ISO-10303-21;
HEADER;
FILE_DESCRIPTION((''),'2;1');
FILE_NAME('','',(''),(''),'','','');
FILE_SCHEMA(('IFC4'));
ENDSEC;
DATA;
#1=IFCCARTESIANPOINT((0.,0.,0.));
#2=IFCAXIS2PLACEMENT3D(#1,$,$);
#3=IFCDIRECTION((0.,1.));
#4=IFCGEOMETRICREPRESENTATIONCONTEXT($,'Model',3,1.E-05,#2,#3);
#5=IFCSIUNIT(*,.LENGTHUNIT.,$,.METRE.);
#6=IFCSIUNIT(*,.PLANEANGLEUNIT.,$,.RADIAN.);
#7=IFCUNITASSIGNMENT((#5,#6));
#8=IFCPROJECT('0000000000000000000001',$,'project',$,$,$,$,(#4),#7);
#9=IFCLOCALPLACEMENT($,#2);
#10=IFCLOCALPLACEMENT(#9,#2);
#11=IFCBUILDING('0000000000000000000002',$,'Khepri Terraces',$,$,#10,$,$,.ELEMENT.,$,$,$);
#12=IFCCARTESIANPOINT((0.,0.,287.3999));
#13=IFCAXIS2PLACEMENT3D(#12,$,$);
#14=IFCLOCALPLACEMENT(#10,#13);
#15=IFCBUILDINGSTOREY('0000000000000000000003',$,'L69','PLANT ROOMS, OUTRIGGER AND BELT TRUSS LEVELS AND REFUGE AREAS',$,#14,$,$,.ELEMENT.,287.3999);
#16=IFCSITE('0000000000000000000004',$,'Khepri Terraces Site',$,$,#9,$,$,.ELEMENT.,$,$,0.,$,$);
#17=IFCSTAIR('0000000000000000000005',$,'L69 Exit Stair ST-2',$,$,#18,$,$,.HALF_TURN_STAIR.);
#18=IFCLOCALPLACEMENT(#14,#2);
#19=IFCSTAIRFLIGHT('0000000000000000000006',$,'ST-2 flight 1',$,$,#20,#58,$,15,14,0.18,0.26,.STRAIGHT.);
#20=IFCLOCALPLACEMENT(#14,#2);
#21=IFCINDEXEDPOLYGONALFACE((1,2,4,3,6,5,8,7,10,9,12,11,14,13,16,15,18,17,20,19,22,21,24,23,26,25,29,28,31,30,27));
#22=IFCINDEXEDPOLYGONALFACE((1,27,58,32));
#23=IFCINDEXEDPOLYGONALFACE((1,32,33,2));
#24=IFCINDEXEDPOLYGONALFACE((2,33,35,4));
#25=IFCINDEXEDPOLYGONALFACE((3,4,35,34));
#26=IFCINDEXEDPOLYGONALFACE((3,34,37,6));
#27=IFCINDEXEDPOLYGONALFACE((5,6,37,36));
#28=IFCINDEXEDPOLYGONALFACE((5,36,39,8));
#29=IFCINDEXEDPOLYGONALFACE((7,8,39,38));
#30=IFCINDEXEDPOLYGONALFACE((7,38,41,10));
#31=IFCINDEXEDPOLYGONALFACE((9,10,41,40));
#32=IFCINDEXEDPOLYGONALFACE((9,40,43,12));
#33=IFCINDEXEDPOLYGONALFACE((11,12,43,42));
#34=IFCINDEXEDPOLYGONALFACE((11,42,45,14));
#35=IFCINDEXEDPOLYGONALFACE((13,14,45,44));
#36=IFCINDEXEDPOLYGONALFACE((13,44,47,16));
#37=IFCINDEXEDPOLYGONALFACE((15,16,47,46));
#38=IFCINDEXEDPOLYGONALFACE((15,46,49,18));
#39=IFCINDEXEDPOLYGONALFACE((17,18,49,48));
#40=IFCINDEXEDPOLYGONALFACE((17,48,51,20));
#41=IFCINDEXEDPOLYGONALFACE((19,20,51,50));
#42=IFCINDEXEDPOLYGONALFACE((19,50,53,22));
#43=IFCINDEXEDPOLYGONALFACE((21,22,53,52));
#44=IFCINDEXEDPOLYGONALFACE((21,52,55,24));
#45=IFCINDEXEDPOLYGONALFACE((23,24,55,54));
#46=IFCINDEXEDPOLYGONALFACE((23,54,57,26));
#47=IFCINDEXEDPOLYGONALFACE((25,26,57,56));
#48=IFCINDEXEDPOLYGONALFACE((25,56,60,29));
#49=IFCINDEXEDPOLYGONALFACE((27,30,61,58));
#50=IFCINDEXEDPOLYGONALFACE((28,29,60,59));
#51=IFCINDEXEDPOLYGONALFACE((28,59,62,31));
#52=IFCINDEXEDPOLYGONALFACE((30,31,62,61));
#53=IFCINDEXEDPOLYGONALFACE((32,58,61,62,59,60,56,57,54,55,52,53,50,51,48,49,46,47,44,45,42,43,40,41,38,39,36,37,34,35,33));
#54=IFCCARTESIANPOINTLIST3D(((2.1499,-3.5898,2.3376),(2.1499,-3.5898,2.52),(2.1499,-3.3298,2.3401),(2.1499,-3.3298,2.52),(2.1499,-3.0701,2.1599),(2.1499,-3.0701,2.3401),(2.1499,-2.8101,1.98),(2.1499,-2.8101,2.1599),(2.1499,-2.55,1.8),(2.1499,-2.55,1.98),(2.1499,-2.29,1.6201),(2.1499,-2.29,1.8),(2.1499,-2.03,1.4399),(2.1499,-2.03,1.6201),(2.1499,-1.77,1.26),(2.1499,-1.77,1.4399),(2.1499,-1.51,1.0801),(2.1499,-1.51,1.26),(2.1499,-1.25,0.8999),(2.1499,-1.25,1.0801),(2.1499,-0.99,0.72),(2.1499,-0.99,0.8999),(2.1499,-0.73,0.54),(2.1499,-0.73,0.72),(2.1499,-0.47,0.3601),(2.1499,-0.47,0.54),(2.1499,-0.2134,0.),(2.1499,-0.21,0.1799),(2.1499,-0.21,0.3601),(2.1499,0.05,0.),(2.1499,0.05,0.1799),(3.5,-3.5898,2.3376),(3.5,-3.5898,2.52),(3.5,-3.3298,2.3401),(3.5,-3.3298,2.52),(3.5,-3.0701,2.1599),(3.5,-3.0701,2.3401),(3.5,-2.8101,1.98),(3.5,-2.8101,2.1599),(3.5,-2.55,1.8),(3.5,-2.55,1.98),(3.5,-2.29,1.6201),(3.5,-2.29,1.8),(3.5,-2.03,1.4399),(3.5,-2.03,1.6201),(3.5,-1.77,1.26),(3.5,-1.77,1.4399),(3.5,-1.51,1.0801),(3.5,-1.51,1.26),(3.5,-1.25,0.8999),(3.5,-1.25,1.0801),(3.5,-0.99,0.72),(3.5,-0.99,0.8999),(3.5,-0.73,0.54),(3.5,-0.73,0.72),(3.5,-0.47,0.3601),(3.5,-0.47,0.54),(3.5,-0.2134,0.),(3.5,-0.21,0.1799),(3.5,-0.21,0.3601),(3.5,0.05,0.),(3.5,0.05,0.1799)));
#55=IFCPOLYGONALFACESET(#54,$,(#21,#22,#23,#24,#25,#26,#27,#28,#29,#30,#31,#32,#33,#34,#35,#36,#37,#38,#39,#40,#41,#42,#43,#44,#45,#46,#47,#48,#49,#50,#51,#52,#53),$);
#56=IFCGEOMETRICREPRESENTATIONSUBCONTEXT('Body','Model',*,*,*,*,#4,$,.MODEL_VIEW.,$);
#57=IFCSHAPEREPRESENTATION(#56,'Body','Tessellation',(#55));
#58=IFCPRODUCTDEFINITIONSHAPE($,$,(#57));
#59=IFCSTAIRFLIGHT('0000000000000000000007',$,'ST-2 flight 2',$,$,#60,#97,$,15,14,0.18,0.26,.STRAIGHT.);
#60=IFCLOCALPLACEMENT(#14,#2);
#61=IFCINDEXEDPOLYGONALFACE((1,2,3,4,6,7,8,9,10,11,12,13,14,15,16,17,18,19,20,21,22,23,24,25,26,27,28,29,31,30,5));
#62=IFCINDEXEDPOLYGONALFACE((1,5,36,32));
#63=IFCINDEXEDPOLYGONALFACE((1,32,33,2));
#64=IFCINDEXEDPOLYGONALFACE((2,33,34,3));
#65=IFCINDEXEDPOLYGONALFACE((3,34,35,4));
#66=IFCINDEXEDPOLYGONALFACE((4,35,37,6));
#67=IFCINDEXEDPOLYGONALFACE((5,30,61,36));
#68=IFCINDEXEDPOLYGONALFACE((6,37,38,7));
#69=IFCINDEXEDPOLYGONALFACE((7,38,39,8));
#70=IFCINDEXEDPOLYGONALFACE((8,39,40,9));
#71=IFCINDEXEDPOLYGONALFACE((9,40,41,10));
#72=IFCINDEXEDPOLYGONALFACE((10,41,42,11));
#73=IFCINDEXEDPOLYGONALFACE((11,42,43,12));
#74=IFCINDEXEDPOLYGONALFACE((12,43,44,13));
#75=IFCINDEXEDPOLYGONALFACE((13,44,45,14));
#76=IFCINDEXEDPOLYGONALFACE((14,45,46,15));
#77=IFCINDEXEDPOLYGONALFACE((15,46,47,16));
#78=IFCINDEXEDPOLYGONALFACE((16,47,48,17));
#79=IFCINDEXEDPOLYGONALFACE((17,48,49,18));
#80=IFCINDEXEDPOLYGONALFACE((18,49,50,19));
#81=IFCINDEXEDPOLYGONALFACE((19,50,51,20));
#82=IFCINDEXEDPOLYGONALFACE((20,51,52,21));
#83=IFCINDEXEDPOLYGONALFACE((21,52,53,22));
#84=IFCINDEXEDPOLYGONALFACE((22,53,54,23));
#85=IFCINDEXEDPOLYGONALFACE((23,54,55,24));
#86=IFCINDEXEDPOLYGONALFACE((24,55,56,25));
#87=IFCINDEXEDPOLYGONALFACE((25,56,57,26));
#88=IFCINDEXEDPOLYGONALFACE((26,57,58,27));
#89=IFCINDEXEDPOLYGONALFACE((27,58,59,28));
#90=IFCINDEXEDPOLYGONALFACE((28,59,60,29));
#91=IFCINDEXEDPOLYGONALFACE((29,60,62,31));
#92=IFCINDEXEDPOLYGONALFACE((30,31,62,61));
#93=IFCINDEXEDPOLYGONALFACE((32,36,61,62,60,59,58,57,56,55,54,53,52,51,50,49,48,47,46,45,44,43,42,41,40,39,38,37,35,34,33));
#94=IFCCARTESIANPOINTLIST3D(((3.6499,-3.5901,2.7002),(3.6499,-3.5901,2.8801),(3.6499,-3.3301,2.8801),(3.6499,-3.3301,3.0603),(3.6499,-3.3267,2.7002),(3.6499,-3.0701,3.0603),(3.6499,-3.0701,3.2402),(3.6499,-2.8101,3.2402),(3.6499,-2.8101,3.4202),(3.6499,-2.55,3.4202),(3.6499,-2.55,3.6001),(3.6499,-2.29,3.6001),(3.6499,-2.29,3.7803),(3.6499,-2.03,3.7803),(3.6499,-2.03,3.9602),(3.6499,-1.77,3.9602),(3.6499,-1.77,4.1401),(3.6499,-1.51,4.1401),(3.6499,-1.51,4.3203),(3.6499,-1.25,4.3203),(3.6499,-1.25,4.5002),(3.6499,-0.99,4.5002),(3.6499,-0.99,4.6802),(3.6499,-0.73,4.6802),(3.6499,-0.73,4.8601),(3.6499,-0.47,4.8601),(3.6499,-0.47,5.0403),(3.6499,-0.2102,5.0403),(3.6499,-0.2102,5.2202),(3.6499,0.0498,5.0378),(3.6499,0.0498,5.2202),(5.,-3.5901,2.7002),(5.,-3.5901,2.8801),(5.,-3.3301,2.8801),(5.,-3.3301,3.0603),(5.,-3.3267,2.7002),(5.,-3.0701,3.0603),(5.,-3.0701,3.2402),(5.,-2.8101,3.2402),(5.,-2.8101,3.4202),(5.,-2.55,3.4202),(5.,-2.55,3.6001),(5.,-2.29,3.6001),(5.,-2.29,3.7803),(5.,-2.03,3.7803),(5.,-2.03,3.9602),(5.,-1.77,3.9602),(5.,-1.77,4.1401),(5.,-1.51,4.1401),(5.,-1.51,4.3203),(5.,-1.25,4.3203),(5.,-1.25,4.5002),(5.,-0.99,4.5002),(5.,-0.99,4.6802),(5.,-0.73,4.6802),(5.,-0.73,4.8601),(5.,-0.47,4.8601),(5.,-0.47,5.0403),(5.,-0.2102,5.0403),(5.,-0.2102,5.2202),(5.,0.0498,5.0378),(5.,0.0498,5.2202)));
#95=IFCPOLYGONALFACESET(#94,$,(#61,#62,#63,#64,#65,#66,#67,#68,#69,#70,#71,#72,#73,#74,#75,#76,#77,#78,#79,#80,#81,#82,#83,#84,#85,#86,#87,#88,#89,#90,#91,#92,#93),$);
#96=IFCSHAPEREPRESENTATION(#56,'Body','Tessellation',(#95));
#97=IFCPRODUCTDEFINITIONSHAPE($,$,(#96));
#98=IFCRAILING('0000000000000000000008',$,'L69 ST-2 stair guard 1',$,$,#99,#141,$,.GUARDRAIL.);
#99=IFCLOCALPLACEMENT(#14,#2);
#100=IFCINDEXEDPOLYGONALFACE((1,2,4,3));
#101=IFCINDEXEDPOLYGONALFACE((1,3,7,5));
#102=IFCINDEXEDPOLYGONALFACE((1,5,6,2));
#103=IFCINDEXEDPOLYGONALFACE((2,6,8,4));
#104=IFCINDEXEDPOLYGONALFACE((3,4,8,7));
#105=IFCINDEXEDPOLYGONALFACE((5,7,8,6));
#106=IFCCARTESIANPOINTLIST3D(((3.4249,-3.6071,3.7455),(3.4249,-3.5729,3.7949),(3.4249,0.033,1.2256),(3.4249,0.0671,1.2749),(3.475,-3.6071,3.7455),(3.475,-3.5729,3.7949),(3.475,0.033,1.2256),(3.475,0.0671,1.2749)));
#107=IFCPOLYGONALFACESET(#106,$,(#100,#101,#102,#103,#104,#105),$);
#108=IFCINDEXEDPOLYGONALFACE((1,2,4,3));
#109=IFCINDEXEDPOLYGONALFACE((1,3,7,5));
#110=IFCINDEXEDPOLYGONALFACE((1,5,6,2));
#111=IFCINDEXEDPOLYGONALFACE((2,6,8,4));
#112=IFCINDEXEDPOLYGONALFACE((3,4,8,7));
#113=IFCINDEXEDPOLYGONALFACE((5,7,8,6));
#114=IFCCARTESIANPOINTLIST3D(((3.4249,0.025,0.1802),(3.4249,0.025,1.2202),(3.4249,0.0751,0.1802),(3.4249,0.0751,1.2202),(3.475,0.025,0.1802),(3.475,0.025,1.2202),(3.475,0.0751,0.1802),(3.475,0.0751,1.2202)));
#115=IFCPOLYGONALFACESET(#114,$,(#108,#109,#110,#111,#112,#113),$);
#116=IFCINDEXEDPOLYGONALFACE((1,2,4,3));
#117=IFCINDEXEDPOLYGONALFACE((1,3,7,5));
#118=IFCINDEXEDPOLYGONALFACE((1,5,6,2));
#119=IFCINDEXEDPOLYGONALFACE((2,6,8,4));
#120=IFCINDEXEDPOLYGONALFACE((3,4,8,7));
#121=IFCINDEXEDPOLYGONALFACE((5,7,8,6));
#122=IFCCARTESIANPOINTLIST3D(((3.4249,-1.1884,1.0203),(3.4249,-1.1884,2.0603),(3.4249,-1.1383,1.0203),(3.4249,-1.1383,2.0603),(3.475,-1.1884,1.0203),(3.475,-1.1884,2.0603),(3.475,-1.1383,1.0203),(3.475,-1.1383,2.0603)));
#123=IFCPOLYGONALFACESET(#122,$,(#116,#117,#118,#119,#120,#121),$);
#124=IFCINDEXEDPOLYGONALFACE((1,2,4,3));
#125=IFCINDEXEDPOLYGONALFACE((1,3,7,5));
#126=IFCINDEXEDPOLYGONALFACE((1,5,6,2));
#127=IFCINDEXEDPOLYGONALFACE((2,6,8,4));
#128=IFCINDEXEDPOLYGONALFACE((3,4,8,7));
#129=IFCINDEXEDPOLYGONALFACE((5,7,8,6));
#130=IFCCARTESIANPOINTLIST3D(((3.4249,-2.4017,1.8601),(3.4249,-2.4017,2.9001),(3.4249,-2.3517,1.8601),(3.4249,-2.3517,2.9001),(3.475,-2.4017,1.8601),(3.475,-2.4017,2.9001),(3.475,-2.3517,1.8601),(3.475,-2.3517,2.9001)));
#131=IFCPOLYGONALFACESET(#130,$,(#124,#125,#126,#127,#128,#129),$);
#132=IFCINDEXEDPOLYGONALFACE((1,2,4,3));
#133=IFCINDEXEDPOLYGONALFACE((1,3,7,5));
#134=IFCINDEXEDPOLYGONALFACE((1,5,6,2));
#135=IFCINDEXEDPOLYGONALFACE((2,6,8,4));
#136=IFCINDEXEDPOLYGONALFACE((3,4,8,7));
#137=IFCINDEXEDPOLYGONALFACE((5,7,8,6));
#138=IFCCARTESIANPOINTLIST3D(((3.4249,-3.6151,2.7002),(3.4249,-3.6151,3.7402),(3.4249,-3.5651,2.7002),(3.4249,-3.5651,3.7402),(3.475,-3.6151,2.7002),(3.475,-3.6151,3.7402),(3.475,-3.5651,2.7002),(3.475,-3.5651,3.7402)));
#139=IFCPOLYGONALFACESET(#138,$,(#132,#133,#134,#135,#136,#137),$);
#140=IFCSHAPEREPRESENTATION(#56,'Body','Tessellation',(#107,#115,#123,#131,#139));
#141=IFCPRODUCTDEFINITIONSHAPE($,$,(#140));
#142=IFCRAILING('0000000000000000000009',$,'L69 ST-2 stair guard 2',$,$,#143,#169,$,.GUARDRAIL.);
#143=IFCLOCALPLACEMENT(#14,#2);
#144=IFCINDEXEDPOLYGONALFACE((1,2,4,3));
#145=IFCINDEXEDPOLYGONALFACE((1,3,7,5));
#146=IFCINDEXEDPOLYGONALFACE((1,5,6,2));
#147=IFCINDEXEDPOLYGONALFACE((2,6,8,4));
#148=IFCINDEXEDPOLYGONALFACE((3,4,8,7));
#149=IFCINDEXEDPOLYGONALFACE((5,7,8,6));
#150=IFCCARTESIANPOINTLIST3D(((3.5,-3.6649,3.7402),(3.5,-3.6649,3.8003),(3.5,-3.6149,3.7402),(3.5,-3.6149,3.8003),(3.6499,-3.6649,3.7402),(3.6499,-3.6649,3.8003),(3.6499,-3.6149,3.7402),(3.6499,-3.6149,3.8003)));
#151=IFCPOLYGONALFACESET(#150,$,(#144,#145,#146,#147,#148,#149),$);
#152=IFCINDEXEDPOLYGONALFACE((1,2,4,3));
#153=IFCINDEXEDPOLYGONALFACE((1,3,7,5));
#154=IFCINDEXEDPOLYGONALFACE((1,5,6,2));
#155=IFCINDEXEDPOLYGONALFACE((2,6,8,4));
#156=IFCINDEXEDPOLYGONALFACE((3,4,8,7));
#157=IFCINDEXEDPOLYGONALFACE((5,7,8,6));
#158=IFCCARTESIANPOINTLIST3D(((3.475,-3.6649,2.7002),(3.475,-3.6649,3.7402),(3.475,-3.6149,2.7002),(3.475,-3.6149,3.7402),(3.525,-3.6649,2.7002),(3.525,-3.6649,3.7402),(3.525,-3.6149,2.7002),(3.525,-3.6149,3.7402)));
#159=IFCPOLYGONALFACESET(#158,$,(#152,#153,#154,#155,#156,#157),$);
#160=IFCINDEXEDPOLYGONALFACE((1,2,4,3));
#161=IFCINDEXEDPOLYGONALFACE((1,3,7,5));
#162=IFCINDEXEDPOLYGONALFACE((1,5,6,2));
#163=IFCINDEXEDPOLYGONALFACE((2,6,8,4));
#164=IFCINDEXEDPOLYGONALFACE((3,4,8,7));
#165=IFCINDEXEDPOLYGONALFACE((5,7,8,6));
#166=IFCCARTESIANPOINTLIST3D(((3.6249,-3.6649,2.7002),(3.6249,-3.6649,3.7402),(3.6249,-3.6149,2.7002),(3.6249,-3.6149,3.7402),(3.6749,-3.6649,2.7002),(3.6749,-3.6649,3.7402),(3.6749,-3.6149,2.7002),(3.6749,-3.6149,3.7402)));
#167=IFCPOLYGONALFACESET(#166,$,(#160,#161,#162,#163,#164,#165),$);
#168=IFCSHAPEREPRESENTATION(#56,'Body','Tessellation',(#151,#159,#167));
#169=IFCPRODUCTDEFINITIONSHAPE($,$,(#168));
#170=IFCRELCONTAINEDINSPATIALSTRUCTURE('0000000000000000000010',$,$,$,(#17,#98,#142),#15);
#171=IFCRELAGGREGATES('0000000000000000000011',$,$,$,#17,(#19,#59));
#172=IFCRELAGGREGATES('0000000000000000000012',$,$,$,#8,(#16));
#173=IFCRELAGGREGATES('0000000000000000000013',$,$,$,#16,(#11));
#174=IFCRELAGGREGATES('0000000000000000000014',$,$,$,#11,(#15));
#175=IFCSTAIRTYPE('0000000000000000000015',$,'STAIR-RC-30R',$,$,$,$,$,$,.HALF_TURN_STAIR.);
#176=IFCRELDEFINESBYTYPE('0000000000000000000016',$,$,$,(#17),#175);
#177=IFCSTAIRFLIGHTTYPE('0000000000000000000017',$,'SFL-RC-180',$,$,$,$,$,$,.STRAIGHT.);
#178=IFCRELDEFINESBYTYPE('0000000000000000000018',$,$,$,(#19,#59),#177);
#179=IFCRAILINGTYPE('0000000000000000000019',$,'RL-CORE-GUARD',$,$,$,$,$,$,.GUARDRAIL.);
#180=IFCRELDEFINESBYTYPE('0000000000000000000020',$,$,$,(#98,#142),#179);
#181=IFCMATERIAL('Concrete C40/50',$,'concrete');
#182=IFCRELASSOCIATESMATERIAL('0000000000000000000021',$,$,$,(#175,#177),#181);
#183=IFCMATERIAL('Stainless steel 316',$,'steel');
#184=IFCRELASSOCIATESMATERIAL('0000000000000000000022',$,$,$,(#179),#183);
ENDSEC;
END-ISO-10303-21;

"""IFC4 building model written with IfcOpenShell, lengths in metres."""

from ifc_helpers import new_model, si_unit, direction, frame, origin, origin_2d, place, context, subcontext, project, spatial, polyline, rectangle, outline, extrude, material, type_object, element, aggregate, save


model = new_model("IFC4")

# Units and contexts
model_context = context("Model", 3, precision=1e-05, world=origin(), true_north=direction((0.0, 1.0)))
body_context = subcontext(model_context, "Body", "Model", "MODEL_VIEW")
ifc_project = project(units=[si_unit("LENGTHUNIT", "METRE"), si_unit("PLANEANGLEUNIT", "RADIAN")], contexts=[model_context])

# Site, building, storey
site_placement = place(None, origin())
site = spatial("IfcSite", under=ifc_project, at=site_placement, Name="Khepri Terraces Site", CompositionType="ELEMENT", RefElevation=0.0)
building_placement = place(site_placement, origin())
building = spatial("IfcBuilding", under=site, at=building_placement, Name="Khepri Terraces", CompositionType="ELEMENT")
storey_placement = place(building_placement, frame((0.0, 0.0, 287.3999)))
storey = spatial("IfcBuildingStorey", under=building, at=storey_placement, Name="L69", Description="PLANT ROOMS, OUTRIGGER AND BELT TRUSS LEVELS AND REFUGE AREAS", CompositionType="ELEMENT", Elevation=287.3999)

# Shared definitions
ifc_material_1 = material(Name="Concrete C40/50", Category="concrete")

# Stair
stair_type = type_object("IfcStairType", Name="STAIR-RC-30R", PredefinedType="HALF_TURN_STAIR", material=ifc_material_1)
stair_1_placement = place(storey_placement, origin())
stair_1 = element("IfcStair", 1, at=stair_1_placement, inside=storey, type_object=stair_type, Name="L69 Exit Stair ST-2", PredefinedType="HALF_TURN_STAIR")

# Stair flights
stair_flight_type = type_object("IfcStairFlightType", Name="SFL-RC-180", PredefinedType="STRAIGHT", material=ifc_material_1)
stair_flight_1_placement = place(storey_placement, frame((2.825, 0.05, 0.0), z_axis=(0.0, 0.0, 1.0), x_axis=(0.0, -1.0, 0.0)))
stair_flight_1 = element("IfcStairFlight", 2, at=stair_flight_1_placement, type_object=stair_flight_type, Name="ST-2 flight 1", NumberOfRisers=15, NumberOfTreads=14, PredefinedType="STRAIGHT", RiserHeight=0.18, TreadLength=0.26, context=body_context, shape_type="SweptSolid", body=[
    extrude(outline(polyline([(0.0, 0.0), (0.0, 0.1799), (0.26, 0.1799), (0.26, 0.3601), (0.52, 0.3601), (0.52, 0.54), (0.78, 0.54), (0.78, 0.72), (1.04, 0.72), (1.04, 0.8999), (1.3, 0.8999), (1.3, 1.0801), (1.5601, 1.0801), (1.5601, 1.26), (1.8201, 1.26), (1.8201, 1.4399), (2.0801, 1.4399), (2.0801, 1.6201), (2.3401, 1.6201), (2.3401, 1.8), (2.6001, 1.8), (2.6001, 1.98), (2.8601, 1.98), (2.8601, 2.1599), (3.1201, 2.1599), (3.1201, 2.3401), (3.3799, 2.3401), (3.3799, 2.52), (3.6399, 2.52), (3.6399, 2.7), (3.6399, 2.3376), (0.2634, 0.0), (0.0, 0.0)])), frame((0.0, 0.675, 0.0), z_axis=(0.0, -1.0, 0.0), x_axis=(1.0, 0.0, 0.0)), (0.0, 0.0, 1.0), 1.3501),
])
stair_flight_2_placement = place(storey_placement, frame((4.325, -3.5901, 2.7002), z_axis=(0.0, 0.0, 1.0), x_axis=(0.0, 1.0, 0.0)))
stair_flight_2 = element("IfcStairFlight", 3, at=stair_flight_2_placement, type_object=stair_flight_type, Name="ST-2 flight 2", NumberOfRisers=15, NumberOfTreads=14, PredefinedType="STRAIGHT", RiserHeight=0.18, TreadLength=0.26, context=body_context, shape_type="SweptSolid", body=[
    extrude(outline(polyline([(0.0, 0.0), (0.0, 0.1799), (0.26, 0.1799), (0.26, 0.3601), (0.52, 0.3601), (0.52, 0.54), (0.78, 0.54), (0.78, 0.72), (1.04, 0.72), (1.04, 0.8999), (1.3, 0.8999), (1.3, 1.0801), (1.5601, 1.0801), (1.5601, 1.26), (1.8201, 1.26), (1.8201, 1.4399), (2.0801, 1.4399), (2.0801, 1.6201), (2.3401, 1.6201), (2.3401, 1.8), (2.6001, 1.8), (2.6001, 1.98), (2.8601, 1.98), (2.8601, 2.1599), (3.1201, 2.1599), (3.1201, 2.3401), (3.3799, 2.3401), (3.3799, 2.52), (3.6399, 2.52), (3.6399, 2.7), (3.6399, 2.3376), (0.2634, 0.0), (0.0, 0.0)])), frame((0.0, 0.675, 0.0), z_axis=(0.0, -1.0, 0.0), x_axis=(1.0, 0.0, 0.0)), (0.0, 0.0, 1.0), 1.3501),
])
aggregate(stair_1, [stair_flight_1, stair_flight_2])

# Railings
ifc_material_2 = material(Name="Stainless steel 316", Category="steel")
railing_type_1 = type_object("IfcRailingType", Name="RL-CORE-GUARD", PredefinedType="GUARDRAIL", material=ifc_material_2)
railing_1_placement = place(storey_placement, frame((3.45, 0.05, 0.1802)))
element("IfcRailing", 4, at=railing_1_placement, inside=storey, type_object=railing_type_1, Name="L69 ST-2 stair guard 1", PredefinedType="GUARDRAIL", context=body_context, shape_type="SweptSolid", body=[
    extrude(rectangle(XDim=0.05, YDim=0.0601, at=origin_2d()), frame((0.0, 0.0, 1.0701), z_axis=(0.0, -0.8222, 0.569199), x_axis=(1.0, 0.0, 0.0)), (0.0, 0.0, 1.0), 4.4272),
    extrude(rectangle(XDim=0.05, YDim=0.05, at=origin_2d()), origin(), (0.0, 0.0, 1.0), 1.04),
    extrude(rectangle(XDim=0.05, YDim=0.05, at=origin_2d()), frame((0.0, -1.2134, 0.8401)), (0.0, 0.0, 1.0), 1.04),
    extrude(rectangle(XDim=0.05, YDim=0.05, at=origin_2d()), frame((0.0, -2.4268, 1.6799)), (0.0, 0.0, 1.0), 1.04),
    extrude(rectangle(XDim=0.05, YDim=0.05, at=origin_2d()), frame((0.0, -3.6401, 2.52)), (0.0, 0.0, 1.0), 1.04),
])
railing_2_placement = place(storey_placement, frame((3.5, -3.6399, 2.7002)))
element("IfcRailing", 5, at=railing_2_placement, inside=storey, type_object=railing_type_1, Name="L69 ST-2 stair guard 2", PredefinedType="GUARDRAIL", context=body_context, shape_type="SweptSolid", body=[
    extrude(rectangle(XDim=0.05, YDim=0.0601, at=origin_2d()), frame((0.0, 0.0, 1.0701), z_axis=(1.0, 0.0, 0.0), x_axis=(0.0, 1.0, 0.0)), (0.0, 0.0, 1.0), 0.1499),
    extrude(rectangle(XDim=0.05, YDim=0.05, at=origin_2d()), origin(), (0.0, 0.0, 1.0), 1.04),
    extrude(rectangle(XDim=0.05, YDim=0.05, at=origin_2d()), frame((0.1499, 0.0, 0.0)), (0.0, 0.0, 1.0), 1.04),
])

save(model, "model.ifc")
